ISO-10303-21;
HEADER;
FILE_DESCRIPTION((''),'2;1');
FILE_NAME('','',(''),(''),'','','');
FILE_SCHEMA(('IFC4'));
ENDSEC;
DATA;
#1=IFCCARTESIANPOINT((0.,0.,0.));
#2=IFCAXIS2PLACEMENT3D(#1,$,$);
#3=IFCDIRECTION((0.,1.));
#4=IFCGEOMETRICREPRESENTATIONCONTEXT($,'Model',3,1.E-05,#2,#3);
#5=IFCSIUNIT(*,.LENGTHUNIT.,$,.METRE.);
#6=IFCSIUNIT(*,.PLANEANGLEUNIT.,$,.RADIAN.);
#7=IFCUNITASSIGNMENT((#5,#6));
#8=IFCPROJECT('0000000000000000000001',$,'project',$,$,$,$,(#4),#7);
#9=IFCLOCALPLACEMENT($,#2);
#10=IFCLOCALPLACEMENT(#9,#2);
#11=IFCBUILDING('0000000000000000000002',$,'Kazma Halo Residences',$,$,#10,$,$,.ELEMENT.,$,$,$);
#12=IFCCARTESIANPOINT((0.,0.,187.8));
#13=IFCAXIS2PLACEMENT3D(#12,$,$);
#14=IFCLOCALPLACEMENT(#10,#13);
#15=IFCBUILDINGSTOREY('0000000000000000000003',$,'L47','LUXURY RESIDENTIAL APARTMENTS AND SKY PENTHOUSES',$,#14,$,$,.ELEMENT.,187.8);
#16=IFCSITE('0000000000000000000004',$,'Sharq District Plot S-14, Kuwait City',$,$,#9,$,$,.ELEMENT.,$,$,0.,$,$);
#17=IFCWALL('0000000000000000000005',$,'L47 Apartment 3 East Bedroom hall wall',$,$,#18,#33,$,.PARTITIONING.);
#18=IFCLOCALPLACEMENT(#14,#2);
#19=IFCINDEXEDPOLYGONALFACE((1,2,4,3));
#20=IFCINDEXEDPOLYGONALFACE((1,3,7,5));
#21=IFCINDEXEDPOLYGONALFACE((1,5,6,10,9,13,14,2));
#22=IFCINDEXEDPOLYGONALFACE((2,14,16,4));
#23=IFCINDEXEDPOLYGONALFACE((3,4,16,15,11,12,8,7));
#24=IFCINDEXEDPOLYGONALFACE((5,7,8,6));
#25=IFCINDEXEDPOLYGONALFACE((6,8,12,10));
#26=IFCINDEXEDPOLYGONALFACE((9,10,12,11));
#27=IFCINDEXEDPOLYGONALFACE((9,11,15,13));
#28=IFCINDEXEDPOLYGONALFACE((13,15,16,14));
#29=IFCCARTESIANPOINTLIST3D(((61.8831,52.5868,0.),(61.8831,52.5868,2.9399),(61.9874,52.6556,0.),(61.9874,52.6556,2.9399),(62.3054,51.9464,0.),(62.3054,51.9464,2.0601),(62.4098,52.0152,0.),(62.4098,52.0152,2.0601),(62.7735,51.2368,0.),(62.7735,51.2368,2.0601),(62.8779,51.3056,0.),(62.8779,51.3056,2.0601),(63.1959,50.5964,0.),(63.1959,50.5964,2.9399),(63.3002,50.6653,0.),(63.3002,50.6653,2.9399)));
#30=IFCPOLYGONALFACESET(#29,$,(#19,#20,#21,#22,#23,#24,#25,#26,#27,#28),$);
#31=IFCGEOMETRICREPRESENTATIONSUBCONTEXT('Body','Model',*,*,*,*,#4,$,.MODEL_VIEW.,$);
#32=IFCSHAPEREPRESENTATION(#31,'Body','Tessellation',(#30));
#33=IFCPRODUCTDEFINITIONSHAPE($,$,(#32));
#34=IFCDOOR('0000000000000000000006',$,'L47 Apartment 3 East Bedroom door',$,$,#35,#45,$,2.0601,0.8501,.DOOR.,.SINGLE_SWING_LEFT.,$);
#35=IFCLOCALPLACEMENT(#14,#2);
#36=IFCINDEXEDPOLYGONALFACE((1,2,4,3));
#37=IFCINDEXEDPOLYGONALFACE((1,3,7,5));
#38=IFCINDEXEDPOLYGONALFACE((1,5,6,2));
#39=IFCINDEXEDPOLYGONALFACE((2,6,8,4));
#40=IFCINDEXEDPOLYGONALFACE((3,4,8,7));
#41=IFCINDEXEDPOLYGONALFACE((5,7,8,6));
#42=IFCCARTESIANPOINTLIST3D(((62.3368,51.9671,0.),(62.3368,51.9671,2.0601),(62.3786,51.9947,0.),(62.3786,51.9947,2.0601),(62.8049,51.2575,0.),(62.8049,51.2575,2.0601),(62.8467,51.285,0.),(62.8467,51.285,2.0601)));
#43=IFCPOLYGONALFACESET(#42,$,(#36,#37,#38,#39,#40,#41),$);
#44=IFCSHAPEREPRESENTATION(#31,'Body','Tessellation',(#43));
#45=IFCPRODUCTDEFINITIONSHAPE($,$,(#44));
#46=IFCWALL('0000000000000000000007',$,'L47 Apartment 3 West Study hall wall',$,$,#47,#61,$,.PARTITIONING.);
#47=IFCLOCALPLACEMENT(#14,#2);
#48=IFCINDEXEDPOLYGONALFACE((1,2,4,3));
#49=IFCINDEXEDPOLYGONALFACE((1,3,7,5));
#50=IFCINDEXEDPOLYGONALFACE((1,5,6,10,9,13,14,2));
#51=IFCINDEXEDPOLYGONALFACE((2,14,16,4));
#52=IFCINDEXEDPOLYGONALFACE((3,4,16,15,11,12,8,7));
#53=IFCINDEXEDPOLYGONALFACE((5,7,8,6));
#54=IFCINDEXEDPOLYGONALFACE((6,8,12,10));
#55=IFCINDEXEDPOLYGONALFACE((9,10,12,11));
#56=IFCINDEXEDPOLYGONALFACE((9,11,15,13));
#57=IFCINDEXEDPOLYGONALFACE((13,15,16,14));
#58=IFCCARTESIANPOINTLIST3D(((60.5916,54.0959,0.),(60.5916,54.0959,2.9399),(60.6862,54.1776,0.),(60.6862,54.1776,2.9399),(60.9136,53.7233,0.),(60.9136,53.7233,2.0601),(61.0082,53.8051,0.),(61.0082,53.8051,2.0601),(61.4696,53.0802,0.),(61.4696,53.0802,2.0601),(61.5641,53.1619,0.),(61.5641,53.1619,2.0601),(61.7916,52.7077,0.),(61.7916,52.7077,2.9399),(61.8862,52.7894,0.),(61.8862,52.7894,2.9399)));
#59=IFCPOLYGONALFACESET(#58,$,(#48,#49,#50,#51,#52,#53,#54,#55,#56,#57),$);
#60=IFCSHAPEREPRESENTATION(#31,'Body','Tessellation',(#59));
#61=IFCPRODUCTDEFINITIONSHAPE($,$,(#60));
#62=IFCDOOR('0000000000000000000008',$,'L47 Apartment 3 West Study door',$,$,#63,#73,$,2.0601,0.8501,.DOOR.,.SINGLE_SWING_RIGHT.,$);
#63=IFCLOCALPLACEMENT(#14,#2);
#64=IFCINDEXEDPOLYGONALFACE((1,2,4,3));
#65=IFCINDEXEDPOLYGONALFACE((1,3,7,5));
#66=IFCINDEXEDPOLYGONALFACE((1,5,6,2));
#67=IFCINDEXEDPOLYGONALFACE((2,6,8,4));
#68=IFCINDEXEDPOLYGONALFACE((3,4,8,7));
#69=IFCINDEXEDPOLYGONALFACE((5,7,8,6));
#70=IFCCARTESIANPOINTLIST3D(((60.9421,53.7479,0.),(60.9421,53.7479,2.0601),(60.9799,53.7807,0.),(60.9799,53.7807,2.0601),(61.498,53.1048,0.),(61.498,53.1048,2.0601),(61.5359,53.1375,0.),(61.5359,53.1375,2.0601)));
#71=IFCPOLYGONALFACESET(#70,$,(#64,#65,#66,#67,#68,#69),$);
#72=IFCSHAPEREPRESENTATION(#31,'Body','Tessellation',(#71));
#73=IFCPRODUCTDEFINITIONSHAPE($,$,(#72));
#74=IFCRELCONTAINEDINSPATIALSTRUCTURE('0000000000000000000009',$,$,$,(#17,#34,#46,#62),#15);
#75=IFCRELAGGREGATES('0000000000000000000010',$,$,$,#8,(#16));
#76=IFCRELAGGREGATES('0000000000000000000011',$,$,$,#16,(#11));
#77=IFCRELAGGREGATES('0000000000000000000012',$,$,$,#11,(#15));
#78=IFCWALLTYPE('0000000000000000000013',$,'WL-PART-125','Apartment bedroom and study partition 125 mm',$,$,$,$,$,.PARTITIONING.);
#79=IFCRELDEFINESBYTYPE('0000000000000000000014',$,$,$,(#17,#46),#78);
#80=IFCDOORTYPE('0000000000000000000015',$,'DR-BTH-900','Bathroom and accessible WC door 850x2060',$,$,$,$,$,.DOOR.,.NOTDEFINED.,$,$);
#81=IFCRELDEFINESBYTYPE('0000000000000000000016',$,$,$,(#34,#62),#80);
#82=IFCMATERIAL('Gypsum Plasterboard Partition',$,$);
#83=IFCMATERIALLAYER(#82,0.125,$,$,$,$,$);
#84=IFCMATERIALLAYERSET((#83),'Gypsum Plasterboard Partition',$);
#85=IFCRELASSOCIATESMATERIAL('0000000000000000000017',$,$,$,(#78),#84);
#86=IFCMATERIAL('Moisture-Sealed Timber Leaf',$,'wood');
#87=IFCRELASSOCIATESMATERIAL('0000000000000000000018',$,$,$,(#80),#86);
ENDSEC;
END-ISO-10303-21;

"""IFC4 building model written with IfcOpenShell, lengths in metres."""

from ifc_helpers import new_model, si_unit, direction, frame, frame_2d, origin, place, context, subcontext, project, spatial, rectangle, extrude, material, layer, layer_set, type_object, element, fill, save


model = new_model("IFC4")

# Units and contexts
model_context = context("Model", 3, precision=1e-05, world=origin(), true_north=direction((0.0, 1.0)))
body_context = subcontext(model_context, "Body", "Model", "MODEL_VIEW")
ifc_project = project(units=[si_unit("LENGTHUNIT", "METRE"), si_unit("PLANEANGLEUNIT", "RADIAN")], contexts=[model_context])

# Site, building, storey
site_placement = place(None, origin())
site = spatial("IfcSite", under=ifc_project, at=site_placement, Name="Sharq District Plot S-14, Kuwait City", CompositionType="ELEMENT", RefElevation=0.0)
building_placement = place(site_placement, origin())
building = spatial("IfcBuilding", under=site, at=building_placement, Name="Kazma Halo Residences", CompositionType="ELEMENT")
storey_placement = place(building_placement, frame((0.0, 0.0, 187.8)))
storey = spatial("IfcBuildingStorey", under=building, at=storey_placement, Name="L47", Description="LUXURY RESIDENTIAL APARTMENTS AND SKY PENTHOUSES", CompositionType="ELEMENT", Elevation=187.8)

# Shared definitions
ifc_material_1 = material(Name="Gypsum Plasterboard Partition")
ifc_layer_1 = layer(ifc_material_1, 0.125)
ifc_layer_set_1 = layer_set([ifc_layer_1], Name="Gypsum Plasterboard Partition")
wall_type_1 = type_object("IfcWallType", Name="WL-PART-125", Description="Apartment bedroom and study partition 125 mm", PredefinedType="PARTITIONING", material=ifc_layer_set_1)

# Shared definitions
ifc_material_2 = material(Name="Moisture-Sealed Timber Leaf", Category="wood")
door_type = type_object("IfcDoorType", Name="DR-BTH-900", Description="Bathroom and accessible WC door 850x2060", OperationType="NOTDEFINED", PredefinedType="DOOR", material=ifc_material_2)

# Walls, openings, doors
wall_1_placement = place(storey_placement, frame((63.248, 50.6309, 0.0), z_axis=(0.0, 0.0, 1.0), x_axis=(-0.550605, 0.834766, 0.0)))
wall_1 = element("IfcWall", 1, at=wall_1_placement, inside=storey, type_object=wall_type_1, Name="L47 Apartment 3 East Bedroom hall wall", PredefinedType="PARTITIONING", context=body_context, shape_type="SweptSolid", body=[
    extrude(rectangle(XDim=2.3843, YDim=0.125, at=frame_2d((1.1921, 0.0))), origin(), (0.0, 0.0, 1.0), 2.9399),
])
opening_1_placement = place(wall_1_placement, frame((0.7671, 0.0, 0.0)))
opening_1 = element("IfcOpeningElement", 2, at=opening_1_placement, cuts=wall_1, PredefinedType="OPENING", context=body_context, shape_type="SweptSolid", body=[
    extrude(rectangle(XDim=0.8501, YDim=2.0601, at=frame_2d((0.425, 1.03))), frame((0.0, 0.0725, 0.0), z_axis=(0.0, -1.0, 0.0), x_axis=(1.0, 0.0, 0.0)), (0.0, 0.0, 1.0), 0.145),
])
door_1_placement = place(opening_1_placement, origin())
door_1 = element("IfcDoor", 3, at=door_1_placement, inside=storey, type_object=door_type, Name="L47 Apartment 3 East Bedroom door", OperationType="SINGLE_SWING_LEFT", OverallHeight=2.0601, OverallWidth=0.8501, PredefinedType="DOOR", context=body_context, shape_type="SweptSolid", body=[
    extrude(rectangle(XDim=0.8501, YDim=2.0601, at=frame_2d((0.425, 1.03))), frame((0.0, 0.0249, 0.0), z_axis=(0.0, -1.0, 0.0), x_axis=(1.0, 0.0, 0.0)), (0.0, 0.0, 1.0), 0.05),
])
fill(opening_1, door_1)
wall_2_placement = place(storey_placement, frame((61.8389, 52.7485, 0.0), z_axis=(0.0, 0.0, 1.0), x_axis=(-0.653952, 0.756536, 0.0)))
wall_2 = element("IfcWall", 4, at=wall_2_placement, inside=storey, type_object=wall_type_1, Name="L47 Apartment 3 West Study hall wall", PredefinedType="PARTITIONING", context=body_context, shape_type="SweptSolid", body=[
    extrude(rectangle(XDim=1.835, YDim=0.125, at=frame_2d((0.9175, 0.0))), origin(), (0.0, 0.0, 1.0), 2.9399),
])
opening_2_placement = place(wall_2_placement, frame((0.4924, 0.0, 0.0)))
opening_2 = element("IfcOpeningElement", 5, at=opening_2_placement, cuts=wall_2, PredefinedType="OPENING", context=body_context, shape_type="SweptSolid", body=[
    extrude(rectangle(XDim=0.8501, YDim=2.0601, at=frame_2d((0.425, 1.03))), frame((0.0, 0.0725, 0.0), z_axis=(0.0, -1.0, 0.0), x_axis=(1.0, 0.0, 0.0)), (0.0, 0.0, 1.0), 0.145),
])
door_2_placement = place(opening_2_placement, origin())
door_2 = element("IfcDoor", 6, at=door_2_placement, inside=storey, type_object=door_type, Name="L47 Apartment 3 West Study door", OperationType="SINGLE_SWING_RIGHT", OverallHeight=2.0601, OverallWidth=0.8501, PredefinedType="DOOR", context=body_context, shape_type="SweptSolid", body=[
    extrude(rectangle(XDim=0.8501, YDim=2.0601, at=frame_2d((0.425, 1.03))), frame((0.0, 0.0249, 0.0), z_axis=(0.0, -1.0, 0.0), x_axis=(1.0, 0.0, 0.0)), (0.0, 0.0, 1.0), 0.05),
])
fill(opening_2, door_2)

save(model, "model.ifc")
